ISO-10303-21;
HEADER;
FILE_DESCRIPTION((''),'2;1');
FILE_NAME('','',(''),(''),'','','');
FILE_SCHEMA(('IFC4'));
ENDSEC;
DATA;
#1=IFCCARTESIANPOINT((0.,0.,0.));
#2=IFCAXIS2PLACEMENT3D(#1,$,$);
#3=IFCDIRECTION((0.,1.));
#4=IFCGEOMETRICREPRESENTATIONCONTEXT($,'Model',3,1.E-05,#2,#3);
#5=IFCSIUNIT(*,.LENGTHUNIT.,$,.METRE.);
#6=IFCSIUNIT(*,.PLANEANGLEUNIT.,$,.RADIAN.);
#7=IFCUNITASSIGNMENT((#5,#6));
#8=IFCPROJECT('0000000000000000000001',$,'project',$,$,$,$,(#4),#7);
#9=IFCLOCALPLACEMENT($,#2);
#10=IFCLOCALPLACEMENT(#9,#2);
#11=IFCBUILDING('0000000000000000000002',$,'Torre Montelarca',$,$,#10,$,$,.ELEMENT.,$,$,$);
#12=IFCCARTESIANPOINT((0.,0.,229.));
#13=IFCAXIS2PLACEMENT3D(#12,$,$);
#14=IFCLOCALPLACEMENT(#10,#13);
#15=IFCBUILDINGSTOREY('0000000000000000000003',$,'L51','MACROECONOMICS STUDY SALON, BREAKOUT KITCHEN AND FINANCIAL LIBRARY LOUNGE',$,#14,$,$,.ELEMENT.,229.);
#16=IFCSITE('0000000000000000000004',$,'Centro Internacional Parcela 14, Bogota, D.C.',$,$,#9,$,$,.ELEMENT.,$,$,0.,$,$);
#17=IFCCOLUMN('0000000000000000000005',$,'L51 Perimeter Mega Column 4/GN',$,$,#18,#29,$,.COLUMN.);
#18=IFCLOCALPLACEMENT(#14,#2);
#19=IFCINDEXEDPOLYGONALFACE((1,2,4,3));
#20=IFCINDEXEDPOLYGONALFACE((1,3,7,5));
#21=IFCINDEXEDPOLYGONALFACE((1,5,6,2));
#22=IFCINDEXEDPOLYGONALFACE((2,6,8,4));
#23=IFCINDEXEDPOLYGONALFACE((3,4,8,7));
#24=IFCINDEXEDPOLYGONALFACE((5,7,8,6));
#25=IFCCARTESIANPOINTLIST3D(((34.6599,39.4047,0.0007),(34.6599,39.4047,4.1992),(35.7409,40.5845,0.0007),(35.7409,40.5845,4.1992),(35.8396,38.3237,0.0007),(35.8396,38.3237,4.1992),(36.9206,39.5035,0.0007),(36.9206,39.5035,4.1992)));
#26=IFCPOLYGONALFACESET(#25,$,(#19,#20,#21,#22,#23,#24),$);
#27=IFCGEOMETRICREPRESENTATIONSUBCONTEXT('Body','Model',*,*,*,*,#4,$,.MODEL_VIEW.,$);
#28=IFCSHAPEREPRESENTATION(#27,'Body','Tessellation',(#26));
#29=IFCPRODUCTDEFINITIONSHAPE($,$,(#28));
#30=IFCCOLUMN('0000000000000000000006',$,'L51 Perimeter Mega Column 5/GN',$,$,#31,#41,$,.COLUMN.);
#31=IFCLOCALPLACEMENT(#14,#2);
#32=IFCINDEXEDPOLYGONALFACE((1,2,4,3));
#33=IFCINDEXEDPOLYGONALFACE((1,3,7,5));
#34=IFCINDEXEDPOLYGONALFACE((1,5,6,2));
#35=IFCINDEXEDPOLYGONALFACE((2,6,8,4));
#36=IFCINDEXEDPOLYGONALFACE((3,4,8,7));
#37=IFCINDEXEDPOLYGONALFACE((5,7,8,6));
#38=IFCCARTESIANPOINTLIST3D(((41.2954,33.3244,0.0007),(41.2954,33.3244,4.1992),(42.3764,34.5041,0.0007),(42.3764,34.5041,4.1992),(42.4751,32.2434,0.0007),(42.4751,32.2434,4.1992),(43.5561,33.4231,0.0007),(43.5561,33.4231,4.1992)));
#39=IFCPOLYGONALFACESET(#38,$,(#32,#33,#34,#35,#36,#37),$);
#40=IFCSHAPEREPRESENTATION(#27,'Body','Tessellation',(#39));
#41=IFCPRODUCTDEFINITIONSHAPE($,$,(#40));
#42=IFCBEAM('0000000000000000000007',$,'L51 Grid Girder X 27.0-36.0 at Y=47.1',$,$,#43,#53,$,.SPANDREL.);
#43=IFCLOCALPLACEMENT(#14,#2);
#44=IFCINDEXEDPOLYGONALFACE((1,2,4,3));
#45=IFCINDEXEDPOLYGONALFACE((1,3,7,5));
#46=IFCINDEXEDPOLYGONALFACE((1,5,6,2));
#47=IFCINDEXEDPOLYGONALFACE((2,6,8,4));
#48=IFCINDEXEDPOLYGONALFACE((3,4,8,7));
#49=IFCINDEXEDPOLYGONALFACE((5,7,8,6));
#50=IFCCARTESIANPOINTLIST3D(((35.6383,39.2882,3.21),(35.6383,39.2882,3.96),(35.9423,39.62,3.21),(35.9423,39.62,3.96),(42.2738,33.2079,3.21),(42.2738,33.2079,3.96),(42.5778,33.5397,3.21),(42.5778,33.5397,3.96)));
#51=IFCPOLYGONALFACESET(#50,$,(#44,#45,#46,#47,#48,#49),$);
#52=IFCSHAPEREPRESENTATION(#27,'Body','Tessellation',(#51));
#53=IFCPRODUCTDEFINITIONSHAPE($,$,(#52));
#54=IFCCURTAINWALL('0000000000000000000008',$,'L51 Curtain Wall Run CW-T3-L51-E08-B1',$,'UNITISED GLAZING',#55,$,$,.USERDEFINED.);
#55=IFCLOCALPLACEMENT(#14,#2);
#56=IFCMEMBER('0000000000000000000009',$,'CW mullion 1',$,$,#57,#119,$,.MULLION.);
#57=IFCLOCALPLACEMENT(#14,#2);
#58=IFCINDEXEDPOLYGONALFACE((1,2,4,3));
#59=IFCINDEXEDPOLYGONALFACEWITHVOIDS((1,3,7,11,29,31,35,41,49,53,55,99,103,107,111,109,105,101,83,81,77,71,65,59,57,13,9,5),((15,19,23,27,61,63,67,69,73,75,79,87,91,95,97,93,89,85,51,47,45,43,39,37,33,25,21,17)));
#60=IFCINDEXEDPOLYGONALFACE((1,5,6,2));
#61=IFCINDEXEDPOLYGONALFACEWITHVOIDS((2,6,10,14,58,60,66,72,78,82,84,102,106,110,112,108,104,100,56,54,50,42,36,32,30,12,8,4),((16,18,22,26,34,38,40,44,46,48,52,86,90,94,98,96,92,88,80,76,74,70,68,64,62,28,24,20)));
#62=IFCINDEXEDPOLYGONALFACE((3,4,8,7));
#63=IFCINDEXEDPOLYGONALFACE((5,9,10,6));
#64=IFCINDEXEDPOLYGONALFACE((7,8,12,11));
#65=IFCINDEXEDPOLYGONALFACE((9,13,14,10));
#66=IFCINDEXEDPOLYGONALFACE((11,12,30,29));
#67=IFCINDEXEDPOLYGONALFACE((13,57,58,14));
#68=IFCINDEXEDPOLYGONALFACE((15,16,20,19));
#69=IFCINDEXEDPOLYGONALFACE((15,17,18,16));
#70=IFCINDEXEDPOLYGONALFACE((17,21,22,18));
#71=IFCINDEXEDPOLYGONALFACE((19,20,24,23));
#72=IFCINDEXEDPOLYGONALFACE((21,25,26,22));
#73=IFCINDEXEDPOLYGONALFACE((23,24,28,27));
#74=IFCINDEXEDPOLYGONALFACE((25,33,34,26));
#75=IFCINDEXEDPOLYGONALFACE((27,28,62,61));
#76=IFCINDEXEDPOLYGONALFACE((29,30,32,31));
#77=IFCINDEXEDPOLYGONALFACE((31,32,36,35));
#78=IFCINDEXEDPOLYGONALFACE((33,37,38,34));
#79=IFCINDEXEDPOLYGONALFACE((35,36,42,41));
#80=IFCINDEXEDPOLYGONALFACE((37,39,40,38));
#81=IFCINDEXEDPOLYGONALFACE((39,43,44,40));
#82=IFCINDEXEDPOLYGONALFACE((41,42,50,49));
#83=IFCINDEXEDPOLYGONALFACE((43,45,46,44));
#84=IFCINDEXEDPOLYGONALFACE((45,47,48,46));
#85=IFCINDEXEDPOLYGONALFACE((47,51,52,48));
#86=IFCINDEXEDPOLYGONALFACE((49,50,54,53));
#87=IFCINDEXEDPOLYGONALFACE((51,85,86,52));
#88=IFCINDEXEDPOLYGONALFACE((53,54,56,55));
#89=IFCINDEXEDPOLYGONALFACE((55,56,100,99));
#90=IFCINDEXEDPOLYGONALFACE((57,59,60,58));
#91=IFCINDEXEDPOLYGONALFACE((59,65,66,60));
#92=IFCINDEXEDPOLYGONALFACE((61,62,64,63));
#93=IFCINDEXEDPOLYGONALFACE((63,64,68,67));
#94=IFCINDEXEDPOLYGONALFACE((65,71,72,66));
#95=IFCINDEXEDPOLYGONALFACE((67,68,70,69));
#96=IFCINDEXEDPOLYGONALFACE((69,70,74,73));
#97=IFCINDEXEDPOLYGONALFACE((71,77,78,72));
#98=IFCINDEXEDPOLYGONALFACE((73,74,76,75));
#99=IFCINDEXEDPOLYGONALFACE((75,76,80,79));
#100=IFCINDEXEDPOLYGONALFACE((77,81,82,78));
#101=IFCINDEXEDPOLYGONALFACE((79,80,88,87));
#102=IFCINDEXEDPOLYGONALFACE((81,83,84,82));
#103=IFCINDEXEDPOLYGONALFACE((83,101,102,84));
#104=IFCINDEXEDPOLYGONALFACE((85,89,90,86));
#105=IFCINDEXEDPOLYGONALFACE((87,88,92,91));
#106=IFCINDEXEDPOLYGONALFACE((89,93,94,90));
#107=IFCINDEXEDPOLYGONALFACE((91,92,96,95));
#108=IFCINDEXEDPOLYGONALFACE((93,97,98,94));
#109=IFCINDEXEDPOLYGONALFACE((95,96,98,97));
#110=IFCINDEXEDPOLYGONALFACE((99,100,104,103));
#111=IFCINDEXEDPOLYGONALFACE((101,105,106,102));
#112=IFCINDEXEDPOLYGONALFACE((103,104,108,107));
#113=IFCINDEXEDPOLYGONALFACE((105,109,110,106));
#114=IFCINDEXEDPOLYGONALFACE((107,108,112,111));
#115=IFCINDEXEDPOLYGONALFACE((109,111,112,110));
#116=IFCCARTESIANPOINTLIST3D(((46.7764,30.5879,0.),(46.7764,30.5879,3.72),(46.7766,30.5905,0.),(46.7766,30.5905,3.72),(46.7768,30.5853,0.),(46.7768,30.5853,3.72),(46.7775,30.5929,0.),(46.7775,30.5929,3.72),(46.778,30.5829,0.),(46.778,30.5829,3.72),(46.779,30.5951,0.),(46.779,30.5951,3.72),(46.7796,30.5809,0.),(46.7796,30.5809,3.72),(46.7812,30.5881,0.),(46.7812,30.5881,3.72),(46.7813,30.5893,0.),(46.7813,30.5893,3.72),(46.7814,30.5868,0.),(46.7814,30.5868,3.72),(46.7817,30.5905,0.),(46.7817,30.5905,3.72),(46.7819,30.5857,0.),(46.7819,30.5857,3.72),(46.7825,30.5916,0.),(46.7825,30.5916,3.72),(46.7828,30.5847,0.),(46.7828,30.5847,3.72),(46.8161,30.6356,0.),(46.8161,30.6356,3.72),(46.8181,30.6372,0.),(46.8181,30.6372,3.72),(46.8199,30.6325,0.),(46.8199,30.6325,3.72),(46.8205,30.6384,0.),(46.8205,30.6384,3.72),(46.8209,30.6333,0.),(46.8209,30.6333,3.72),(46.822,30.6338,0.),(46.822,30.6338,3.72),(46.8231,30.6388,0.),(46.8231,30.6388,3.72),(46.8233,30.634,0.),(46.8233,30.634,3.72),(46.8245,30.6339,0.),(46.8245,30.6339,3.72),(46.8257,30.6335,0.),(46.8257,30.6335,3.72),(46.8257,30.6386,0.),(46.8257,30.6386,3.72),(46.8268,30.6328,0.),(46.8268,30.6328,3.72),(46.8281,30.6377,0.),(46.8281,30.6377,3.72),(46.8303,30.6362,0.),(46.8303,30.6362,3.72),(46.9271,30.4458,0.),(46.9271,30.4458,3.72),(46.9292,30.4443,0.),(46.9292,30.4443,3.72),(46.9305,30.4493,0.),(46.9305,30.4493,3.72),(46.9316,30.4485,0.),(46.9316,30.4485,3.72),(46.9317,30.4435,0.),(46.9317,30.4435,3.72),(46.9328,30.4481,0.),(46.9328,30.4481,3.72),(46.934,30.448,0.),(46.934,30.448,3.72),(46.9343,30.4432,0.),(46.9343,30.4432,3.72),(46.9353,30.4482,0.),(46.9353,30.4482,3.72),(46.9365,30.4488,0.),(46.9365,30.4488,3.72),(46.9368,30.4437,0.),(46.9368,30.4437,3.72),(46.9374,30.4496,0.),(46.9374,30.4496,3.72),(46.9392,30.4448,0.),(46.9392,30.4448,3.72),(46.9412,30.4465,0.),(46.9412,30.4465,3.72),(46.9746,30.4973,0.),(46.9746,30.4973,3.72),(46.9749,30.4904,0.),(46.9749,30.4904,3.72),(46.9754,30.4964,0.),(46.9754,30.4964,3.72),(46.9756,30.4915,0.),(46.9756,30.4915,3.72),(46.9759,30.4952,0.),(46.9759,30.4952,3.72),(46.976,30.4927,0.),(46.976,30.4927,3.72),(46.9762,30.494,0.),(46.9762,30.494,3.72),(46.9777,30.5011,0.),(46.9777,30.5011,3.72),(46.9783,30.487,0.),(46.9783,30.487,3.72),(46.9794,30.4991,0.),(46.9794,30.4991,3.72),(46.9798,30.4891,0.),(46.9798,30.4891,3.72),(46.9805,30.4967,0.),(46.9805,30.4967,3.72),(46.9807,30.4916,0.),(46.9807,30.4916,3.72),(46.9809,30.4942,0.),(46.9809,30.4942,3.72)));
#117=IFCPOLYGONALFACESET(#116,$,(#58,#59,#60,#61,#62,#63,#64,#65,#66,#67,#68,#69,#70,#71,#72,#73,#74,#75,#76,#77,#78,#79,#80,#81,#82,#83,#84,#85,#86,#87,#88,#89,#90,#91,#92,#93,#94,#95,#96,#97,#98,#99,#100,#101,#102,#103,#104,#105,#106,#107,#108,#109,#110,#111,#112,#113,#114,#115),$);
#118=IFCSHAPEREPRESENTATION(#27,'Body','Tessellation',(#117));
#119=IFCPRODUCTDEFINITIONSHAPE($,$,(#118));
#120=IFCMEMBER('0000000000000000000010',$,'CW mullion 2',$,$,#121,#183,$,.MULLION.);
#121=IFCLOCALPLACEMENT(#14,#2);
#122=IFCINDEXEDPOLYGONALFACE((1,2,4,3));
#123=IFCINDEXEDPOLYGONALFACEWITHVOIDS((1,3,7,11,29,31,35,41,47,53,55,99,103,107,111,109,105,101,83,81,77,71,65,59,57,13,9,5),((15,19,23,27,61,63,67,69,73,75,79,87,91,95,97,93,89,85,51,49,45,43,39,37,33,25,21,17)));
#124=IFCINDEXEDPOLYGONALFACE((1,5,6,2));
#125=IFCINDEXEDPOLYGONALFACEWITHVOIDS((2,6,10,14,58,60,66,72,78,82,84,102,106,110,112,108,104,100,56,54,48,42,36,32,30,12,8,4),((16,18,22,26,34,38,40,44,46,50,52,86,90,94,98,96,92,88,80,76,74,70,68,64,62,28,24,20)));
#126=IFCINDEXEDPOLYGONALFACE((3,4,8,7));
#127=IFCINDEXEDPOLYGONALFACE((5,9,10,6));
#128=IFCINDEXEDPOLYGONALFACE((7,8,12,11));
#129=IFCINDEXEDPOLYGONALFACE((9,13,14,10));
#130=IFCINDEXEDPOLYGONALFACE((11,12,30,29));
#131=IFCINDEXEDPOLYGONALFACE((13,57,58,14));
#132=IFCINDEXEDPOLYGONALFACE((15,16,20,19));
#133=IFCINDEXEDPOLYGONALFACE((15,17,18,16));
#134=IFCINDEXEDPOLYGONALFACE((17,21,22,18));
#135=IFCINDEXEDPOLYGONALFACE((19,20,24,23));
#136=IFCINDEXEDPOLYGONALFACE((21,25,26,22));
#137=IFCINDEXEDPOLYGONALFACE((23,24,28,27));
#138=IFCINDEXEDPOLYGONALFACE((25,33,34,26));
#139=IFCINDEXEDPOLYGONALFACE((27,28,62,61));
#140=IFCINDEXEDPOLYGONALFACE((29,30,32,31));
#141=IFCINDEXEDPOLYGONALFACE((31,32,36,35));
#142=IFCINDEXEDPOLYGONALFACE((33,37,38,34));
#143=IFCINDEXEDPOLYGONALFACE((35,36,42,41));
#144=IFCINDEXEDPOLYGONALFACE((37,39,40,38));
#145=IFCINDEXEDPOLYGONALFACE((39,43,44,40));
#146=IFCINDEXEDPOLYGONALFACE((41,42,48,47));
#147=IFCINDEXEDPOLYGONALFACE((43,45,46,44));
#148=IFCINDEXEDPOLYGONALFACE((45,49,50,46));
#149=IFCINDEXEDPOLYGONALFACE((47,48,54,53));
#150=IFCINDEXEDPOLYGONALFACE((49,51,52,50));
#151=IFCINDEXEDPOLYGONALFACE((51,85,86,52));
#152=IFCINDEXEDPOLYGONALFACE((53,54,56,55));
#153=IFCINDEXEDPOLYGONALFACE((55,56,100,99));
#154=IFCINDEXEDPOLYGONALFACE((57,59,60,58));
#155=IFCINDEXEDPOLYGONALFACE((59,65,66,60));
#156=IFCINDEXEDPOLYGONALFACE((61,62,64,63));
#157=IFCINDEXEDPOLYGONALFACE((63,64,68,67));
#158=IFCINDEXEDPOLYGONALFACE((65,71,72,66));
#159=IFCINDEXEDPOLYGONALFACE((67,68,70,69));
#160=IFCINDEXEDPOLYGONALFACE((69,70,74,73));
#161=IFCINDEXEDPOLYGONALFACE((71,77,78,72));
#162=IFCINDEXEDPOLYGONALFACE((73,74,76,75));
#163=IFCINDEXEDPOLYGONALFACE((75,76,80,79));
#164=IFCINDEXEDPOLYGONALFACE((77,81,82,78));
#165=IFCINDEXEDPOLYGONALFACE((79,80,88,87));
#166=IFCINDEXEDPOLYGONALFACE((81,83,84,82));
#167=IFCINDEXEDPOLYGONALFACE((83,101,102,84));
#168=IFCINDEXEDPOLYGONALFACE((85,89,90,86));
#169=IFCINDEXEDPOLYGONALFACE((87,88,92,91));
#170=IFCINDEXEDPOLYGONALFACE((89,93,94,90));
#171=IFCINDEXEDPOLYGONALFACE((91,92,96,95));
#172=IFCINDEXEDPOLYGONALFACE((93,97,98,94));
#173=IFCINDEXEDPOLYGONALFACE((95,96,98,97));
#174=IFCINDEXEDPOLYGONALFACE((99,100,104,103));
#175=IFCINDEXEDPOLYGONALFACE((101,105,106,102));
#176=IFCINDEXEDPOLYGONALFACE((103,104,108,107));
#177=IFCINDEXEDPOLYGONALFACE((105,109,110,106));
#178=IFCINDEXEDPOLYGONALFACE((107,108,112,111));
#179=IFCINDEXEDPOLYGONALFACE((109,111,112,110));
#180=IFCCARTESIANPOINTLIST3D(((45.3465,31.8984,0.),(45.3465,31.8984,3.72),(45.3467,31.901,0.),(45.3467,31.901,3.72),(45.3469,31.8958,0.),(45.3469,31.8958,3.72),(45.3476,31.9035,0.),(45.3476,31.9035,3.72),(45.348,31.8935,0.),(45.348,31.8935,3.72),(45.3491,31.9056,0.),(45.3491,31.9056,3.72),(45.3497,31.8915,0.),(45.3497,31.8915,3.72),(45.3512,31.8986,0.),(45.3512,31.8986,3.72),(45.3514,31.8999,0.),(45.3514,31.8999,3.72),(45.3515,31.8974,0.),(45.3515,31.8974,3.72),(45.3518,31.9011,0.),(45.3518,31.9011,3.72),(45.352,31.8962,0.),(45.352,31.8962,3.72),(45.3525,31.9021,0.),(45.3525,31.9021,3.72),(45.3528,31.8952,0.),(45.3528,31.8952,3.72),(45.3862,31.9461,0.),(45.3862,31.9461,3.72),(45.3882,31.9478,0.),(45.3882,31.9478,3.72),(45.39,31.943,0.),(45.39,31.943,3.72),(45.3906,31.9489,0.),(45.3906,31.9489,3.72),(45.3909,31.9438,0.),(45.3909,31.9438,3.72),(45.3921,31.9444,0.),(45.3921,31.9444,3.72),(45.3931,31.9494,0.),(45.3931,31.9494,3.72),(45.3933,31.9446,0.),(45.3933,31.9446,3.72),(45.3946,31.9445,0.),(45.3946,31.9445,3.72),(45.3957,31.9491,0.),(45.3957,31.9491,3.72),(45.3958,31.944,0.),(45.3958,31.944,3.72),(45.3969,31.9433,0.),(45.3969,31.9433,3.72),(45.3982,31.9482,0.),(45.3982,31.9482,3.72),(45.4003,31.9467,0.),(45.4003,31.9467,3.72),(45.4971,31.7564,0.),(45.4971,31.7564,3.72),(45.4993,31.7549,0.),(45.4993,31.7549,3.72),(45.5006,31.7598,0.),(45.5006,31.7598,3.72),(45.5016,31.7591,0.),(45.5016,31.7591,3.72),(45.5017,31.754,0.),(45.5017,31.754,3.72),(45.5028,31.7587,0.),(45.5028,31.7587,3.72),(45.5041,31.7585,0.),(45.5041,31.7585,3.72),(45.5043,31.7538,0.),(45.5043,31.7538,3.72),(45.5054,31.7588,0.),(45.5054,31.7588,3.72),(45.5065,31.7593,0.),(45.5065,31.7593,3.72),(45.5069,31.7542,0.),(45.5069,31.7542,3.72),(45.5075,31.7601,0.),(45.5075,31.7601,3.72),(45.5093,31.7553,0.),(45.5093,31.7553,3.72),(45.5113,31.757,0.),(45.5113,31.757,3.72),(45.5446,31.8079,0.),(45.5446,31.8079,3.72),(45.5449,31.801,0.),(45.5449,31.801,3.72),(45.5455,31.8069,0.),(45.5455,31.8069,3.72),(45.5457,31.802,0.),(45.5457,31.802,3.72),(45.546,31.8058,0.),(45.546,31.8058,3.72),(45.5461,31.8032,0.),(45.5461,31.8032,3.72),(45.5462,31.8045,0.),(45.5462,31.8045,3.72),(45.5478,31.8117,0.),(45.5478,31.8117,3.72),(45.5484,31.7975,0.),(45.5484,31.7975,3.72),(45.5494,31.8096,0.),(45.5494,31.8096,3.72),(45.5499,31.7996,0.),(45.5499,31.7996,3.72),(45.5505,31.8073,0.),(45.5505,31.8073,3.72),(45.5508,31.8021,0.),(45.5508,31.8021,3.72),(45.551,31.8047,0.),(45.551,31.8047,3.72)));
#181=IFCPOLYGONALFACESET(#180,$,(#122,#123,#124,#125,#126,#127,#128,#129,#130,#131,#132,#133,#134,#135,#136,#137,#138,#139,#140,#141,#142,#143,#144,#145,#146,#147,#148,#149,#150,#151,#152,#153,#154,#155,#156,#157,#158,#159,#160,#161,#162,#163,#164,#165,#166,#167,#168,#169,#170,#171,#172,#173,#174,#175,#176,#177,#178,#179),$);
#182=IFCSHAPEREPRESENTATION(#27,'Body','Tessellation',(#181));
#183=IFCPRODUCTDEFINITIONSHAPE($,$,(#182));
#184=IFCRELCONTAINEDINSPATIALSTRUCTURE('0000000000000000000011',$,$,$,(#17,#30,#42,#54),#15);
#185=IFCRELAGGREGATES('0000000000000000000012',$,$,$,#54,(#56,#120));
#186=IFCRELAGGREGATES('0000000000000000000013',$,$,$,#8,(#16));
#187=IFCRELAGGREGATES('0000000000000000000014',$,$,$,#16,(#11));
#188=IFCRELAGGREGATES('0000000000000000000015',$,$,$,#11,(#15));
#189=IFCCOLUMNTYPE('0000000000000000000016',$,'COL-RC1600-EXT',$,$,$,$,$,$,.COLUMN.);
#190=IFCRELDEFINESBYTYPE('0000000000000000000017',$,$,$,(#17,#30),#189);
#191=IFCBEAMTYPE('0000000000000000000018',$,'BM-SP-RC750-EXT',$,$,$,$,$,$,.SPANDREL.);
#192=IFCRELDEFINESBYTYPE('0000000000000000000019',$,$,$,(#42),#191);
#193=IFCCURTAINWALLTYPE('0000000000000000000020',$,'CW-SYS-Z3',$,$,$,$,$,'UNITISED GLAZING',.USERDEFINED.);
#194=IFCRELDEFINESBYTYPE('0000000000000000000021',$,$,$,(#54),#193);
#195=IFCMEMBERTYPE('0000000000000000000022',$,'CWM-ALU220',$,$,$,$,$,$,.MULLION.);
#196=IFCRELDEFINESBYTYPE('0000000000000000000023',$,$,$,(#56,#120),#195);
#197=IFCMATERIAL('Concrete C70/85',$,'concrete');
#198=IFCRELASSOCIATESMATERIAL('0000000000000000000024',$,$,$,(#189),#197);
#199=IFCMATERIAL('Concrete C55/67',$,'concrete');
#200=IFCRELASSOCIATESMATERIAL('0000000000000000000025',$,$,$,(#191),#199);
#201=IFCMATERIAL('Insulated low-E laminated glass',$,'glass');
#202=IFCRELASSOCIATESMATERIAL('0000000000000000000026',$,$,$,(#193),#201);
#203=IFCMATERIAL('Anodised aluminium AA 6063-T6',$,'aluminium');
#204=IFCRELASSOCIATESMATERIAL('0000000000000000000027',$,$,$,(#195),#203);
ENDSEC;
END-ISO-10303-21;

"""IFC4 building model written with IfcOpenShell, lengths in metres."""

from ifc_helpers import new_model, si_unit, direction, frame, origin, origin_2d, place, context, subcontext, project, spatial, rectangle, hollow_rectangle, extrude, source, transform, mapped, material, material_profile, profile_set, type_object, element, aggregate, save


model = new_model("IFC4")

# Units and contexts
model_context = context("Model", 3, precision=1e-05, world=origin(), true_north=direction((0.0, 1.0)))
body_context = subcontext(model_context, "Body", "Model", "MODEL_VIEW")
ifc_project = project(units=[si_unit("LENGTHUNIT", "METRE"), si_unit("PLANEANGLEUNIT", "RADIAN")], contexts=[model_context])

# Site, building, storey
site_placement = place(None, origin())
site = spatial("IfcSite", under=ifc_project, at=site_placement, Name="Centro Internacional Parcela 14, Bogota, D.C.", CompositionType="ELEMENT", RefElevation=0.0)
building_placement = place(site_placement, origin())
building = spatial("IfcBuilding", under=site, at=building_placement, Name="Torre Montelarca", CompositionType="ELEMENT")
storey_placement = place(building_placement, frame((0.0, 0.0, 229.0)))
storey = spatial("IfcBuildingStorey", under=building, at=storey_placement, Name="L51", Description="MACROECONOMICS STUDY SALON, BREAKOUT KITCHEN AND FINANCIAL LIBRARY LOUNGE", CompositionType="ELEMENT", Elevation=229.0)

# Columns
ifc_material_1 = material(Name="Concrete C70/85", Category="concrete")
ifc_material_profile_1 = material_profile(ifc_material_1, rectangle(XDim=1.6001, YDim=1.6001, at=origin_2d()), Name="RC1600X1600", Category="concrete")
ifc_profile_set_1 = profile_set([ifc_material_profile_1], Name="Concrete C70/85")
column_type = type_object("IfcColumnType", Name="COL-RC1600-EXT", PredefinedType="COLUMN", material=ifc_profile_set_1)
shared_shape_1 = source(origin(), body_context, "Body", "SweptSolid", [
    extrude(rectangle(XDim=1.6001, YDim=1.6001, at=origin_2d()), origin(), (0.0, 0.0, 1.0), 4.1985),
])
for number, where, z_axis, x_axis, name in (
    (1, (35.7903, 39.4541, 0.0007), (0.0, 0.0, 1.0), (-0.737277, 0.67559, 0.0), "L51 Perimeter Mega Column 4/GN"),
    (2, (42.4258, 33.3738, 0.0007), (0.0, 0.0, 1.0), (-0.737277, 0.67559, 0.0), "L51 Perimeter Mega Column 5/GN"),
):
    element("IfcColumn", number, at=place(storey_placement, frame(where, z_axis=z_axis, x_axis=x_axis)), inside=storey, type_object=column_type, Name=name, PredefinedType="COLUMN", context=body_context, shape_type="MappedRepresentation", body=[
        mapped(shared_shape_1, transform((0.0, 0.0, 0.0), scale=1.0)),
    ])

# Beam
ifc_material_2 = material(Name="Concrete C55/67", Category="concrete")
ifc_material_profile_2 = material_profile(ifc_material_2, rectangle(XDim=0.45, YDim=0.75, at=origin_2d()), Name="RCB450X750", Category="concrete")
ifc_profile_set_2 = profile_set([ifc_material_profile_2], Name="Concrete C55/67")
beam_type = type_object("IfcBeamType", Name="BM-SP-RC750-EXT", PredefinedType="SPANDREL", material=ifc_profile_set_2)
shared_shape_2 = source(origin(), body_context, "Body", "SweptSolid", [
    extrude(rectangle(XDim=0.45, YDim=0.75, at=origin_2d()), origin(), (0.0, 0.0, 1.0), 9.0),
])
beam_placement = place(storey_placement, frame((35.7903, 39.4541, 3.585), z_axis=(0.737277, -0.675591, 0.0), x_axis=(0.675591, 0.737277, 0.0)))
element("IfcBeam", 3, at=beam_placement, inside=storey, type_object=beam_type, Name="L51 Grid Girder X 27.0-36.0 at Y=47.1", PredefinedType="SPANDREL", context=body_context, shape_type="MappedRepresentation", body=[
    mapped(shared_shape_2, transform((0.0, 0.0, 0.0), scale=1.0)),
])

# Curtain wall, members
ifc_material_3 = material(Name="Insulated low-E laminated glass", Category="glass")
curtain_wall_type = type_object("IfcCurtainWallType", Name="CW-SYS-Z3", ElementType="UNITISED GLAZING", PredefinedType="USERDEFINED", material=ifc_material_3)
curtain_wall_1_placement = place(storey_placement, origin())
curtain_wall_1 = element("IfcCurtainWall", 4, at=curtain_wall_1_placement, inside=storey, type_object=curtain_wall_type, Name="L51 Curtain Wall Run CW-T3-L51-E08-B1", ObjectType="UNITISED GLAZING", PredefinedType="USERDEFINED")
ifc_material_4 = material(Name="Anodised aluminium AA 6063-T6", Category="aluminium")
ifc_material_profile_3 = material_profile(ifc_material_4, hollow_rectangle(XDim=0.075, YDim=0.22, WallThickness=0.0049, InnerFilletRadius=0.0049, OuterFilletRadius=0.01, at=origin_2d()), Name="ALU75X220X5", Category="aluminium")
ifc_profile_set_3 = profile_set([ifc_material_profile_3], Name="Anodised aluminium AA 6063-T6")
member_type_1 = type_object("IfcMemberType", Name="CWM-ALU220", PredefinedType="MULLION", material=ifc_profile_set_3)
shared_shape_3 = source(origin(), body_context, "Body", "SweptSolid", [
    extrude(hollow_rectangle(XDim=0.075, YDim=0.22, WallThickness=0.0049, InnerFilletRadius=0.0049, OuterFilletRadius=0.01, at=origin_2d()), origin(), (0.0, 0.0, 1.0), 3.72),
])
member_1_placement = place(storey_placement, frame((46.8787, 30.541, 0.0), z_axis=(0.0, 0.0, 1.0), x_axis=(-0.67558, -0.737286, 0.0)))
member_1 = element("IfcMember", 5, at=member_1_placement, type_object=member_type_1, Name="CW mullion 1", PredefinedType="MULLION", context=body_context, shape_type="MappedRepresentation", body=[
    mapped(shared_shape_3, transform((0.0, 0.0, 0.0), scale=1.0)),
])
member_2_placement = place(storey_placement, frame((45.4487, 31.8516, 0.0), z_axis=(0.0, 0.0, 1.0), x_axis=(-0.67558, -0.737286, 0.0)))
member_2 = element("IfcMember", 6, at=member_2_placement, type_object=member_type_1, Name="CW mullion 2", PredefinedType="MULLION", context=body_context, shape_type="MappedRepresentation", body=[
    mapped(shared_shape_3, transform((0.0, 0.0, 0.0), scale=1.0)),
])

aggregate(curtain_wall_1, [member_1, member_2])

save(model, "model.ifc")
